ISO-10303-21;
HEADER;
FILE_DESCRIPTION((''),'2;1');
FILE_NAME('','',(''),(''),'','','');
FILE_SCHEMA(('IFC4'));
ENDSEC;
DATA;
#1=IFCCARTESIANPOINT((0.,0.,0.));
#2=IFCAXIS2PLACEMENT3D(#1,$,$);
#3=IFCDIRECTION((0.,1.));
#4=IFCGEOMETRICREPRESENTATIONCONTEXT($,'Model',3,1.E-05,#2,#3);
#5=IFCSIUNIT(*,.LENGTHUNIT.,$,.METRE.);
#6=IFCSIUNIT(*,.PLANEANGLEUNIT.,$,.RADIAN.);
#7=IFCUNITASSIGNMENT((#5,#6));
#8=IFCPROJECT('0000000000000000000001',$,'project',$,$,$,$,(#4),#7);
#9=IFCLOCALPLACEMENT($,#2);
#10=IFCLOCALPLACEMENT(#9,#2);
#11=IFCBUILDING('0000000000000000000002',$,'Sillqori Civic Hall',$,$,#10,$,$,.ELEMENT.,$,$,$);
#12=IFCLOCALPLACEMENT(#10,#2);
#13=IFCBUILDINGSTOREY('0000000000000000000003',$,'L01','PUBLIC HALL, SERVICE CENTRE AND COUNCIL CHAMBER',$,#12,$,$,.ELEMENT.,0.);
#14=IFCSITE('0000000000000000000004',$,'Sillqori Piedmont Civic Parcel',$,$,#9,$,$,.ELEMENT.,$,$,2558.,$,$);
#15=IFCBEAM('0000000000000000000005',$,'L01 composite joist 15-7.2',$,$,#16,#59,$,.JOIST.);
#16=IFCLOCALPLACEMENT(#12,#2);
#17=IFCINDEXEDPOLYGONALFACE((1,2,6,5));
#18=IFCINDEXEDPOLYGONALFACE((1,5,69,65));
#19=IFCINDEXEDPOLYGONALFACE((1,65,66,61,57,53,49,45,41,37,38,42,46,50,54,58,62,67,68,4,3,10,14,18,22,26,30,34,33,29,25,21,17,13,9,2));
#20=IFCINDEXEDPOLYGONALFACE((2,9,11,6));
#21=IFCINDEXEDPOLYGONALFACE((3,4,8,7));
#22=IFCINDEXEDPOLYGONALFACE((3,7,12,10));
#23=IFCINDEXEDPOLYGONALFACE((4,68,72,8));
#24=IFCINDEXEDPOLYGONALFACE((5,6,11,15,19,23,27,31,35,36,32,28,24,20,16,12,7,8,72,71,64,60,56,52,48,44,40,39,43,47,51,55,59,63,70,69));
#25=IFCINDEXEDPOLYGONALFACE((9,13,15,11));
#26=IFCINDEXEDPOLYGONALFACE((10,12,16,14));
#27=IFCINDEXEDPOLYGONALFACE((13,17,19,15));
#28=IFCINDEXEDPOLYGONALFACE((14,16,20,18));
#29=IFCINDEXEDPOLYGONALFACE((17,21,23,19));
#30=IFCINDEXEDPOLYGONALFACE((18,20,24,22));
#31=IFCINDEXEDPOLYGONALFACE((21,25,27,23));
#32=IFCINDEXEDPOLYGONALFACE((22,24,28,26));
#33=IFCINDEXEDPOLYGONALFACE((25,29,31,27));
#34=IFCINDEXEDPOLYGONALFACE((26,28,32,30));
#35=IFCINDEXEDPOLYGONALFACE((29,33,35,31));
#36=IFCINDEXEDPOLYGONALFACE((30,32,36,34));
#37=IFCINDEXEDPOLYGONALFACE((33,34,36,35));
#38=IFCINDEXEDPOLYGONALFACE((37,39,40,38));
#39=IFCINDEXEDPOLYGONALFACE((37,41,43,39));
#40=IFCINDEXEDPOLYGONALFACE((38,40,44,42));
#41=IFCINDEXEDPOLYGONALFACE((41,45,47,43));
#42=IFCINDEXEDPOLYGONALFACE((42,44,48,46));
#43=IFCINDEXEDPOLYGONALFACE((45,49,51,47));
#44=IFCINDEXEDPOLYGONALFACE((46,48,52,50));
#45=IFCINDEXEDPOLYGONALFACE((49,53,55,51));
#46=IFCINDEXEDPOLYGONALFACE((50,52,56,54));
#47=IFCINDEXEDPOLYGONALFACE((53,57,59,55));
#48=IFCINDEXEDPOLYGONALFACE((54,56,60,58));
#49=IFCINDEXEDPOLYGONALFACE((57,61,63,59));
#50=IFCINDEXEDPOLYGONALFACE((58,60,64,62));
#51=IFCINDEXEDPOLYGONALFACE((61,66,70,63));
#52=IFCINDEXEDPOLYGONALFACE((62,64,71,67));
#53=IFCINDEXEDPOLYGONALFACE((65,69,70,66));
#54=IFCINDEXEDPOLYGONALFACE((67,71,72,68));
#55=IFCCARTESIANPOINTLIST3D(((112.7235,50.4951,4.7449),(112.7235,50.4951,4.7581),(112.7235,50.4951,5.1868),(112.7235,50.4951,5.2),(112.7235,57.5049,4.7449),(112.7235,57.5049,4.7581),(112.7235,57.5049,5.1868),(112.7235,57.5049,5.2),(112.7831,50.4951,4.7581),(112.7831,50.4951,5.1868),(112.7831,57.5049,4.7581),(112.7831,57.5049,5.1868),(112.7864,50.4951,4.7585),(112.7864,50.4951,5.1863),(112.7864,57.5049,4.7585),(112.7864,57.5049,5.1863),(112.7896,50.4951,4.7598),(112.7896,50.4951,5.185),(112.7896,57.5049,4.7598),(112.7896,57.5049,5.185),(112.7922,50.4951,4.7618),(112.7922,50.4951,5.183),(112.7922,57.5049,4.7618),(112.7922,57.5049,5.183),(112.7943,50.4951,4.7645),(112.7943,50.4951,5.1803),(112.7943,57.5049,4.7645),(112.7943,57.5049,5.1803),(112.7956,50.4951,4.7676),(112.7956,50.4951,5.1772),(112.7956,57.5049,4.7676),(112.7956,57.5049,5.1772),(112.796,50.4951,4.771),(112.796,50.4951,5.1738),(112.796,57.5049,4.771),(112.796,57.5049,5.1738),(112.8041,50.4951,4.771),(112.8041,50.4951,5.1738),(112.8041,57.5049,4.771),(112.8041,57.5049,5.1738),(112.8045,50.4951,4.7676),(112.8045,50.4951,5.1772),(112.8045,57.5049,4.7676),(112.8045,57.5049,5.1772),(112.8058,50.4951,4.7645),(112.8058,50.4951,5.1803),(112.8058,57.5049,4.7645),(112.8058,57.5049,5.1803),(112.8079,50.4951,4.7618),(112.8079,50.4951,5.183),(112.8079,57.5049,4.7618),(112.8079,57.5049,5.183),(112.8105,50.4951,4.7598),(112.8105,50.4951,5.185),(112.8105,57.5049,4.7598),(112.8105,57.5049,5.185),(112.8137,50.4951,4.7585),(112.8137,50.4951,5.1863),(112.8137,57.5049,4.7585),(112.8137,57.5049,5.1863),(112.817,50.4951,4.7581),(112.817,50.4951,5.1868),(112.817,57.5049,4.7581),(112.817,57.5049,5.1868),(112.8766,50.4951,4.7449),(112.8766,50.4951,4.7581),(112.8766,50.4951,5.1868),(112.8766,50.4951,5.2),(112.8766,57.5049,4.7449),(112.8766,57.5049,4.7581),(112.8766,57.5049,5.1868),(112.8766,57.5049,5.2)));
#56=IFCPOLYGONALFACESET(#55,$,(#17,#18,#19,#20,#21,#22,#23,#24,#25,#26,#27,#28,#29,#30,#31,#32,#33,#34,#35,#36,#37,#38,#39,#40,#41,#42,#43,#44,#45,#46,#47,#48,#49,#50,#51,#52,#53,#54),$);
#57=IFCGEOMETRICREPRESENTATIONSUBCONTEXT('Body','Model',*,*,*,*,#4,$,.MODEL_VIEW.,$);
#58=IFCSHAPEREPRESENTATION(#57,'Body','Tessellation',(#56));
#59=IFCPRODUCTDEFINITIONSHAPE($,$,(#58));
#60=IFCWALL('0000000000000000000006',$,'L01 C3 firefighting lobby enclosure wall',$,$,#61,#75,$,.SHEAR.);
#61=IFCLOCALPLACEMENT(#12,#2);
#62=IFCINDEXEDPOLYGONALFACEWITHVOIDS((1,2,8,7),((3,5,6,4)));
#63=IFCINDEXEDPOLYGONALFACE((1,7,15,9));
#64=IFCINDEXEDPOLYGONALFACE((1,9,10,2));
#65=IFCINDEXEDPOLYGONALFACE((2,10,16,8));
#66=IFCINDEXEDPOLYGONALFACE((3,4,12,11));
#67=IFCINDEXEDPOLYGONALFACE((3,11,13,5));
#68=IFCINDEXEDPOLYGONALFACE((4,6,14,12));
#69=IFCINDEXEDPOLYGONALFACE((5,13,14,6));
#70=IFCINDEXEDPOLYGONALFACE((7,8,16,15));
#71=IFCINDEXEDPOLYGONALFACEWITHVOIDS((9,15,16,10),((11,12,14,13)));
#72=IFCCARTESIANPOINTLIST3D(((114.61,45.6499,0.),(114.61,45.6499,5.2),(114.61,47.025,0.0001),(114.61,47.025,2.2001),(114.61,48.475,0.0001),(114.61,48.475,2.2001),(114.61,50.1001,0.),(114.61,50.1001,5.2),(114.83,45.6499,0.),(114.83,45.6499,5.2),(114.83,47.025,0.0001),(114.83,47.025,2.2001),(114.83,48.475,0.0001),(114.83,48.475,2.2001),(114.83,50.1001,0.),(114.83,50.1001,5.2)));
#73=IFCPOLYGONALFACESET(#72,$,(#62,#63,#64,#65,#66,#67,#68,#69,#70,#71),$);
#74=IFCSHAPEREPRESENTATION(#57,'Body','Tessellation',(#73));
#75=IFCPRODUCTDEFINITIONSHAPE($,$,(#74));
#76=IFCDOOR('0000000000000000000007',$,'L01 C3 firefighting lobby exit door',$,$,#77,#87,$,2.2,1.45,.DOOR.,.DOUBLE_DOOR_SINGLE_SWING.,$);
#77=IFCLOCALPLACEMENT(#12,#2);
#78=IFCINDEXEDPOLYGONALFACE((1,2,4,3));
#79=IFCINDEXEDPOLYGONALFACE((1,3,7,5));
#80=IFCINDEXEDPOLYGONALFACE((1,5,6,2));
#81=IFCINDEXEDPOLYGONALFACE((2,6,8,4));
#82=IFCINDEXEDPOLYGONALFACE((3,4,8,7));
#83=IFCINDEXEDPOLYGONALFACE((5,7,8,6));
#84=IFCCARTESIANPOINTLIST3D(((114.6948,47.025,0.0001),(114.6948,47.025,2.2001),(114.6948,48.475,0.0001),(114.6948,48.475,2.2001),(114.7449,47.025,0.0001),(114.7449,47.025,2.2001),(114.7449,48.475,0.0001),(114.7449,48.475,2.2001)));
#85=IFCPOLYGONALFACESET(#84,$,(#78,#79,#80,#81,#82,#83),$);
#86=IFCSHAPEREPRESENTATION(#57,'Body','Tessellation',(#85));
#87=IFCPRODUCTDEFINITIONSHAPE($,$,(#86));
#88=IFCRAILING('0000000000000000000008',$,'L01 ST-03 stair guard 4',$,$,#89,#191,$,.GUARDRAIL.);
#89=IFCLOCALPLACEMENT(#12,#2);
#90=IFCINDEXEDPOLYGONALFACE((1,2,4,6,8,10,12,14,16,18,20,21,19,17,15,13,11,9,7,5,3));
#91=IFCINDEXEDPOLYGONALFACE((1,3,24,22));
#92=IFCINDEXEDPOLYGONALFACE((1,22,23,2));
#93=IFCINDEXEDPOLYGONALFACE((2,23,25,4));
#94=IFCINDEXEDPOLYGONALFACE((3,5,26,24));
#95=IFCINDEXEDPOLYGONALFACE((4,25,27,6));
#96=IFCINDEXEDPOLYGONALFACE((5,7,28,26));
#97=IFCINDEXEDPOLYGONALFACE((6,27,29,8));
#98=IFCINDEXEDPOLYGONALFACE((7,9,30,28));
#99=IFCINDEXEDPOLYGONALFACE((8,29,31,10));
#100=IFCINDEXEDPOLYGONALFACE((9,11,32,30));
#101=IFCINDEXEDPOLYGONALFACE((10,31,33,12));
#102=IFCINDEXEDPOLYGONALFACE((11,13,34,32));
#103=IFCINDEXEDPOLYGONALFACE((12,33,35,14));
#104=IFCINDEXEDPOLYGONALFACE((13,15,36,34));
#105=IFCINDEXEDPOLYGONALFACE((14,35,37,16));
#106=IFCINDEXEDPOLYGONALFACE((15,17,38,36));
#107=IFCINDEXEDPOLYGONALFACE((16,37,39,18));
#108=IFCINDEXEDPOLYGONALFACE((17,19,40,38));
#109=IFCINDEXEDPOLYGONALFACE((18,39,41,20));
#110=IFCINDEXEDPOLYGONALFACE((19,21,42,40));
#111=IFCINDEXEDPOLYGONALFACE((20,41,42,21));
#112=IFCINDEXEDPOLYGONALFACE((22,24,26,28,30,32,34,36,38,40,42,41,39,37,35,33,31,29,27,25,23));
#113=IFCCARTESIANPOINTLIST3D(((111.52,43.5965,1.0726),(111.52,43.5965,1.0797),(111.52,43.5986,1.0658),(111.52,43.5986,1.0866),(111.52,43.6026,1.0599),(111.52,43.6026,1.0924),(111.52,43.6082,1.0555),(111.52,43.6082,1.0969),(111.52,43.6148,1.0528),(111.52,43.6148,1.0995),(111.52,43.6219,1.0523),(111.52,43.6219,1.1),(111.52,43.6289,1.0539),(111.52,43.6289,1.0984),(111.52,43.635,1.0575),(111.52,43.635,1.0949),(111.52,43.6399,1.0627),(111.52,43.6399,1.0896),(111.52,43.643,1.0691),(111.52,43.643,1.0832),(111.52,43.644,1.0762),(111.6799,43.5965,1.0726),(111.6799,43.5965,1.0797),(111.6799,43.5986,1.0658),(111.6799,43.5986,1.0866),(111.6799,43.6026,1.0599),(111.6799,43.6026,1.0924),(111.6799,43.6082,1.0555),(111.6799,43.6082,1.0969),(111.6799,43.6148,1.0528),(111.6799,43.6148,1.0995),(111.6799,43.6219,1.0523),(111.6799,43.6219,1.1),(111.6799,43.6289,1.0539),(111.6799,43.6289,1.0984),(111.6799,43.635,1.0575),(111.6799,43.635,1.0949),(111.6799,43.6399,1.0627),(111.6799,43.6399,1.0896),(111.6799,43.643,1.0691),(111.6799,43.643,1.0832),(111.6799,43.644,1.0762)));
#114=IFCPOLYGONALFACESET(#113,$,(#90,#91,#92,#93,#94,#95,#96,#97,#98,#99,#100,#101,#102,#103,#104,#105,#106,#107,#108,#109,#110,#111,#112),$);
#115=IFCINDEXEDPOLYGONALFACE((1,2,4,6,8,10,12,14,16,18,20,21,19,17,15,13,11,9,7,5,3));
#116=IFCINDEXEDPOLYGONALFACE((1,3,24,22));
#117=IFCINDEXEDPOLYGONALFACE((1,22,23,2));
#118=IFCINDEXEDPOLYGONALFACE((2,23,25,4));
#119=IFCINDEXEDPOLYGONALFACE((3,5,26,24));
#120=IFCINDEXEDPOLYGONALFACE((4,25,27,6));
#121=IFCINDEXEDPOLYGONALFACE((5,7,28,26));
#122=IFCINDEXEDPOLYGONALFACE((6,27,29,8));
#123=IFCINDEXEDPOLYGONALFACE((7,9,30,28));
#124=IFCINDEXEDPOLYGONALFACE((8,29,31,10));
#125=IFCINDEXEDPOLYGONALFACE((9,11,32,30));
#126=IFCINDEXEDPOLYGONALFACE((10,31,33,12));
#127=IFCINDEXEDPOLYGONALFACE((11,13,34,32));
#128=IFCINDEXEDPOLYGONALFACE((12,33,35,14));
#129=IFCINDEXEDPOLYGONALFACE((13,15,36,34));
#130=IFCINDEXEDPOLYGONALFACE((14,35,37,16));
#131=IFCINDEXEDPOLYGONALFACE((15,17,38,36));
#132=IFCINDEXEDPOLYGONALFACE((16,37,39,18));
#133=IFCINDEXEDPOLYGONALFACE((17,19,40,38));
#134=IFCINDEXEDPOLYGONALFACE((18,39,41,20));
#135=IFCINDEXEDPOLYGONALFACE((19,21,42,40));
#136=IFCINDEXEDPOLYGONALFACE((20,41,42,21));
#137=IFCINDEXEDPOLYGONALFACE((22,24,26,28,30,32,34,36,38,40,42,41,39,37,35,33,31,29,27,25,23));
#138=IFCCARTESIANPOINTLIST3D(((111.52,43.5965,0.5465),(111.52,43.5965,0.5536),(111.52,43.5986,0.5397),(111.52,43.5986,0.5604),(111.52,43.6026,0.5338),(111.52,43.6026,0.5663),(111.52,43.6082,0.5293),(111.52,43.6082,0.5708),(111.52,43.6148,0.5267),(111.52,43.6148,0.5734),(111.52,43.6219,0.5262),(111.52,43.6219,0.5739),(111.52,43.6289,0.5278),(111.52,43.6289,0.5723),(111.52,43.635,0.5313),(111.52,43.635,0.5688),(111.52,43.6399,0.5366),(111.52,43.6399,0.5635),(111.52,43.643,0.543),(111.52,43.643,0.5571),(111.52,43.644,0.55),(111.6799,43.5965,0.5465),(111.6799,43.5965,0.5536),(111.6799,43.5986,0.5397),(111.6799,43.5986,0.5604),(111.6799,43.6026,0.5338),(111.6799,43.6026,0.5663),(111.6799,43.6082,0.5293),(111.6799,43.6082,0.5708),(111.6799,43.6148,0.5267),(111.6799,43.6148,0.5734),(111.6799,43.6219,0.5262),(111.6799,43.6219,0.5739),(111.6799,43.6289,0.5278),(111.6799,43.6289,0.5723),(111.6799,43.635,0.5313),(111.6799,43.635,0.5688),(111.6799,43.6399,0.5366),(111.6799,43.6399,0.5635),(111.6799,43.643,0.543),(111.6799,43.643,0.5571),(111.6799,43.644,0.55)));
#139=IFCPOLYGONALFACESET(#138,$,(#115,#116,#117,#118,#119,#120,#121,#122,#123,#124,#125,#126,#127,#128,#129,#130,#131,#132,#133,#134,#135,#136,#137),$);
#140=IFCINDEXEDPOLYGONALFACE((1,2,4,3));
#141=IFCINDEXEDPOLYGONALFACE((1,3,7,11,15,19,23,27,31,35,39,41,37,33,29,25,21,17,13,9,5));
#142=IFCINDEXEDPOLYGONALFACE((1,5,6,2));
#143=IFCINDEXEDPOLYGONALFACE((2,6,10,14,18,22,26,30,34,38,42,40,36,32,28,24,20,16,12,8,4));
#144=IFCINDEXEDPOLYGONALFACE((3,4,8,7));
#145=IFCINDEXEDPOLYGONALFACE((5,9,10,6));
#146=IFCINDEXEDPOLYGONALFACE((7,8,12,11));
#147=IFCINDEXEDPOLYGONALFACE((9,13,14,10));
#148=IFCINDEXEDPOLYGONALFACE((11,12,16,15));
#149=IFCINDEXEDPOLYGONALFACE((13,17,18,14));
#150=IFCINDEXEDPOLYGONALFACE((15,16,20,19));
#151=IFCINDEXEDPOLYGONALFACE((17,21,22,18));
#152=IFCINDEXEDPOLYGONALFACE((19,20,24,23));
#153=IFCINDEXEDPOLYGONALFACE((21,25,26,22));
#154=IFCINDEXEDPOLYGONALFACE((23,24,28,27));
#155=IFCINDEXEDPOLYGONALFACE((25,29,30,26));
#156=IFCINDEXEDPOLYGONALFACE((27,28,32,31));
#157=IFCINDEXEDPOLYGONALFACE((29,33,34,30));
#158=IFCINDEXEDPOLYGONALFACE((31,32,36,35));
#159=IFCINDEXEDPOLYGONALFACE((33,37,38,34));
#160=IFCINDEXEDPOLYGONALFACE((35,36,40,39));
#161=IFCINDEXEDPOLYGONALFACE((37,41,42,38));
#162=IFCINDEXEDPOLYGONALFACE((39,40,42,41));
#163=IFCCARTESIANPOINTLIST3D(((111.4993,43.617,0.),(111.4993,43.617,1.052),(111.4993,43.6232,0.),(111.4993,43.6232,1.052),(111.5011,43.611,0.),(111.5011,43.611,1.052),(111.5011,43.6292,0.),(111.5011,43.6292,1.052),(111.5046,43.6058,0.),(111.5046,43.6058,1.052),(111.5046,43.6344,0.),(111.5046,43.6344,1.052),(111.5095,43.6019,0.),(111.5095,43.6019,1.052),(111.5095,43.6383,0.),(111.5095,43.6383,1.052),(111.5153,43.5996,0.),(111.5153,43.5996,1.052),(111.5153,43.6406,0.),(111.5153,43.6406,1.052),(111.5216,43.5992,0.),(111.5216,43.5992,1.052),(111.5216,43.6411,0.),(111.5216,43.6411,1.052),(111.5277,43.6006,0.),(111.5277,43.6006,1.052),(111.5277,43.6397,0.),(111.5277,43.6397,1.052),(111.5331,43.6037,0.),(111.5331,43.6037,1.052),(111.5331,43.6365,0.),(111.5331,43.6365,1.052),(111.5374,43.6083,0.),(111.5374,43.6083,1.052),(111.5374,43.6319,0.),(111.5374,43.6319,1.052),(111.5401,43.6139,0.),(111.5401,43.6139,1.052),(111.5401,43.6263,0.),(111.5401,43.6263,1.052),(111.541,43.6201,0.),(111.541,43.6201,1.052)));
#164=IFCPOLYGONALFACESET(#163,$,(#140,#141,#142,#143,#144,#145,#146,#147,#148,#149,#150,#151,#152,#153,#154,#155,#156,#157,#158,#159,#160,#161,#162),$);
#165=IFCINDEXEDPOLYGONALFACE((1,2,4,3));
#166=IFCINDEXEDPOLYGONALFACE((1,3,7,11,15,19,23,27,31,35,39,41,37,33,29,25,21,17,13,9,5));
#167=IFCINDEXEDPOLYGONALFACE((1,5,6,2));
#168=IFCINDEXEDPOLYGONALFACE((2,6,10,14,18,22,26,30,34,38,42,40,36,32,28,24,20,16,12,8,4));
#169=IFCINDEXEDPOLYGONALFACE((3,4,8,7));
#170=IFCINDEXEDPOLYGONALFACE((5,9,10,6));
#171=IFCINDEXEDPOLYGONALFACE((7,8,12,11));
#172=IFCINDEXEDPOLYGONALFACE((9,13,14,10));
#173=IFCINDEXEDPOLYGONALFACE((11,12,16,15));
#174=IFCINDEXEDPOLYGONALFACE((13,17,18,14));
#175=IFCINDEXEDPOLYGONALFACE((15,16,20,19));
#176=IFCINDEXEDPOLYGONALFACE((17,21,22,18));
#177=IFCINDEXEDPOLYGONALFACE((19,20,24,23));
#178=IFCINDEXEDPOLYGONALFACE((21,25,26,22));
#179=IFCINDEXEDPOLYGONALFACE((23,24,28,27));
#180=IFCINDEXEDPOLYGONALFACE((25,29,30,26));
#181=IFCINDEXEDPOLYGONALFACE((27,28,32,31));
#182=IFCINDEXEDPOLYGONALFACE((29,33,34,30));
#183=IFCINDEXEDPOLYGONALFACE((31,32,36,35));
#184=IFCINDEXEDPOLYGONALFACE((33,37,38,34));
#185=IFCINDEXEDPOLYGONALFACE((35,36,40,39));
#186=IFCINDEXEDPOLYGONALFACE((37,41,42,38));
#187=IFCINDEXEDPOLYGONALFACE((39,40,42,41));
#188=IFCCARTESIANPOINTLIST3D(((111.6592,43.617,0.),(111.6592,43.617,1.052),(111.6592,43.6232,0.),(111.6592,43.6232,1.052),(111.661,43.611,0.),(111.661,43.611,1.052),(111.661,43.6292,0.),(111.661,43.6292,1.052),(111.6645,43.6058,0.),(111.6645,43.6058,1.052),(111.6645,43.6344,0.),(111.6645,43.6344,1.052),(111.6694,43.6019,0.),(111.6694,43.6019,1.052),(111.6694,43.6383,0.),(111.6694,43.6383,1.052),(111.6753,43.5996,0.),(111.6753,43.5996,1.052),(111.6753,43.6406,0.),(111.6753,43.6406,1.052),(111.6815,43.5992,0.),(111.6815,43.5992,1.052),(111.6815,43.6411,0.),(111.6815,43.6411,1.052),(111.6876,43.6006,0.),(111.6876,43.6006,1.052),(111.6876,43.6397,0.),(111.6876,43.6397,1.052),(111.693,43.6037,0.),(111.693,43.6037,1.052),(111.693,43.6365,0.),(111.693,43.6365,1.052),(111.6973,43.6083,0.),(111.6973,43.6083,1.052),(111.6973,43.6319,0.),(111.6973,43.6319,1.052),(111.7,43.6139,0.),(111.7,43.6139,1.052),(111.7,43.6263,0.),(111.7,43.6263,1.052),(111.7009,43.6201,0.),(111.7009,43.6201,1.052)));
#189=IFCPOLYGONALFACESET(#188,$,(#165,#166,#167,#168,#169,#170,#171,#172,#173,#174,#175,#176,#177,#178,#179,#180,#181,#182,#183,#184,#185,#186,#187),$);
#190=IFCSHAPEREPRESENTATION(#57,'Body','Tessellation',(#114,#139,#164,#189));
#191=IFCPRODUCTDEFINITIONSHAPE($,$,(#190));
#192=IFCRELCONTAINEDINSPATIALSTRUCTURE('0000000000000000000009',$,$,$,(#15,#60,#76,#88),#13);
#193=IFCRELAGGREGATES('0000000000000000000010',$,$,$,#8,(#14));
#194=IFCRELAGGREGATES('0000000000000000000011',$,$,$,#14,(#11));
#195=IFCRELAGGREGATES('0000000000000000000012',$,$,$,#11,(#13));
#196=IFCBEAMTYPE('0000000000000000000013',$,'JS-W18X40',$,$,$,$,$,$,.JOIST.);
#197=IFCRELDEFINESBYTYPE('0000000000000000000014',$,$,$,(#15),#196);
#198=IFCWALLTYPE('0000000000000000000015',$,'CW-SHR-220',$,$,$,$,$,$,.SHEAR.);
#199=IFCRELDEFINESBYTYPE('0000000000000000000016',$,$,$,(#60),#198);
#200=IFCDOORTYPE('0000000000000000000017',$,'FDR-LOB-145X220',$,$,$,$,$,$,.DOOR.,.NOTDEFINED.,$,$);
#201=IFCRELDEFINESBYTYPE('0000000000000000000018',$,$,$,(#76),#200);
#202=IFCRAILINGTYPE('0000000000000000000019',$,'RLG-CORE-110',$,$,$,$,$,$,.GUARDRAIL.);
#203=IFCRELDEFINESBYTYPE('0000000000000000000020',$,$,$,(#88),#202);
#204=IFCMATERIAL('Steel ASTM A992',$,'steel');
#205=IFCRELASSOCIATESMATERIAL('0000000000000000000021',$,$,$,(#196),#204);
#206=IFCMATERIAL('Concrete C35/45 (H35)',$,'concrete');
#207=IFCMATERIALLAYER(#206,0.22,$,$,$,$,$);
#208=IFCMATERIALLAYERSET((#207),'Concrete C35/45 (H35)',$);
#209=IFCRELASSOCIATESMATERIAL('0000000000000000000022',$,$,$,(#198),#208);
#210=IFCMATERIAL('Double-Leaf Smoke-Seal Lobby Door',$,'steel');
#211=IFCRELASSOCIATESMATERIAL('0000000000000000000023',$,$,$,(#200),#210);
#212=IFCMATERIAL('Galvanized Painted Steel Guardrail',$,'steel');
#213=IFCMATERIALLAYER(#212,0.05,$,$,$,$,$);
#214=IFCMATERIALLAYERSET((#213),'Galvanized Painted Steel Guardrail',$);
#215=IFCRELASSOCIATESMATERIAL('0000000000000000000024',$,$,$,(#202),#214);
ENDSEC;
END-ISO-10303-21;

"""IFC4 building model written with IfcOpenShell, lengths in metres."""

from ifc_helpers import new_model, si_unit, direction, frame, frame_2d, origin, origin_2d, place, context, subcontext, project, spatial, rectangle, circle, i_section, extrude, material, layer, layer_set, material_profile, profile_set, type_object, element, fill, save


model = new_model("IFC4")

# Units and contexts
model_context = context("Model", 3, precision=1e-05, world=origin(), true_north=direction((0.0, 1.0)))
body_context = subcontext(model_context, "Body", "Model", "MODEL_VIEW")
ifc_project = project(units=[si_unit("LENGTHUNIT", "METRE"), si_unit("PLANEANGLEUNIT", "RADIAN")], contexts=[model_context])

# Site, building, storey
site_placement = place(None, origin())
site = spatial("IfcSite", under=ifc_project, at=site_placement, Name="Sillqori Piedmont Civic Parcel", CompositionType="ELEMENT", RefElevation=2558.0)
building_placement = place(site_placement, origin())
building = spatial("IfcBuilding", under=site, at=building_placement, Name="Sillqori Civic Hall", CompositionType="ELEMENT")
storey_placement = place(building_placement, origin())
storey = spatial("IfcBuildingStorey", under=building, at=storey_placement, Name="L01", Description="PUBLIC HALL, SERVICE CENTRE AND COUNCIL CHAMBER", CompositionType="ELEMENT", Elevation=0.0)

# Shared definitions
ifc_material_1 = material(Name="Concrete C35/45 (H35)", Category="concrete")

# Beam
ifc_material_2 = material(Name="Steel ASTM A992", Category="steel")
ifc_material_profile_1 = material_profile(ifc_material_2, i_section(OverallWidth=0.1531, OverallDepth=0.4551, WebThickness=0.0081, FlangeThickness=0.0132, FilletRadius=0.0129, at=origin_2d()), Name="W18X40")
ifc_profile_set_1 = profile_set([ifc_material_profile_1], Name="Steel ASTM A992")
beam_type_1 = type_object("IfcBeamType", Name="JS-W18X40", PredefinedType="JOIST", material=ifc_profile_set_1)
beam_1_placement = place(storey_placement, frame((112.8, 50.4951, 4.9724), z_axis=(0.0, 1.0, 0.0), x_axis=(-1.0, 0.0, 0.0)))
element("IfcBeam", 1, at=beam_1_placement, inside=storey, type_object=beam_type_1, Name="L01 composite joist 15-7.2", PredefinedType="JOIST", context=body_context, shape_type="SweptSolid", body=[
    extrude(i_section(OverallWidth=0.1531, OverallDepth=0.4551, WebThickness=0.0081, FlangeThickness=0.0132, FilletRadius=0.0129, at=origin_2d()), origin(), (0.0, 0.0, 1.0), 7.0098),
])

# Wall, opening, door
ifc_layer_1 = layer(ifc_material_1, 0.22)
ifc_layer_set_1 = layer_set([ifc_layer_1], Name="Concrete C35/45 (H35)")
wall_type = type_object("IfcWallType", Name="CW-SHR-220", PredefinedType="SHEAR", material=ifc_layer_set_1)
wall_placement = place(storey_placement, frame((114.72, 50.1001, 0.0), z_axis=(0.0, 0.0, 1.0), x_axis=(0.0, -1.0, 0.0)))
wall = element("IfcWall", 2, at=wall_placement, inside=storey, type_object=wall_type, Name="L01 C3 firefighting lobby enclosure wall", PredefinedType="SHEAR", context=body_context, shape_type="SweptSolid", body=[
    extrude(rectangle(XDim=4.4502, YDim=0.22, at=frame_2d((2.2251, 0.0))), origin(), (0.0, 0.0, 1.0), 5.2),
])
opening_placement = place(wall_placement, frame((1.625, 0.0, 0.0)))
opening = element("IfcOpeningElement", 3, at=opening_placement, cuts=wall, PredefinedType="OPENING", context=body_context, shape_type="SweptSolid", body=[
    extrude(rectangle(XDim=1.45, YDim=2.2, at=frame_2d((0.7251, 1.1001))), frame((0.0, 0.1199, 0.0), z_axis=(0.0, -1.0, 0.0), x_axis=(1.0, 0.0, 0.0)), (0.0, 0.0, 1.0), 0.24),
])
ifc_material_3 = material(Name="Double-Leaf Smoke-Seal Lobby Door", Category="steel")
door_type = type_object("IfcDoorType", Name="FDR-LOB-145X220", OperationType="NOTDEFINED", PredefinedType="DOOR", material=ifc_material_3)
door_placement = place(opening_placement, origin())
door = element("IfcDoor", 4, at=door_placement, inside=storey, type_object=door_type, Name="L01 C3 firefighting lobby exit door", OperationType="DOUBLE_DOOR_SINGLE_SWING", OverallHeight=2.2, OverallWidth=1.45, PredefinedType="DOOR", context=body_context, shape_type="SweptSolid", body=[
    extrude(rectangle(XDim=1.45, YDim=2.2, at=frame_2d((0.7251, 1.1001))), frame((0.0, 0.0249, 0.0), z_axis=(0.0, -1.0, 0.0), x_axis=(1.0, 0.0, 0.0)), (0.0, 0.0, 1.0), 0.05),
])
fill(opening, door)

# Railing
ifc_material_4 = material(Name="Galvanized Painted Steel Guardrail", Category="steel")
ifc_layer_2 = layer(ifc_material_4, 0.05)
ifc_layer_set_2 = layer_set([ifc_layer_2], Name="Galvanized Painted Steel Guardrail")
railing_type = type_object("IfcRailingType", Name="RLG-CORE-110", PredefinedType="GUARDRAIL", material=ifc_layer_set_2)
railing_placement = place(storey_placement, frame((111.52, 43.6201, 0.0)))
element("IfcRailing", 5, at=railing_placement, inside=storey, type_object=railing_type, Name="L01 ST-03 stair guard 4", PredefinedType="GUARDRAIL", context=body_context, shape_type="SweptSolid", body=[
    extrude(circle(Radius=0.0239, at=origin_2d()), frame((0.0, 0.0, 1.0762), z_axis=(1.0, 0.0, 0.0), x_axis=(0.0, 1.0, 0.0)), (0.0, 0.0, 1.0), 0.1599),
    extrude(circle(Radius=0.0239, at=origin_2d()), frame((0.0, 0.0, 0.55), z_axis=(1.0, 0.0, 0.0), x_axis=(0.0, 1.0, 0.0)), (0.0, 0.0, 1.0), 0.1599),
    extrude(circle(Radius=0.021, at=origin_2d()), origin(), (0.0, 0.0, 1.0), 1.052),
    extrude(circle(Radius=0.021, at=origin_2d()), frame((0.1599, 0.0, 0.0)), (0.0, 0.0, 1.0), 1.052),
])

save(model, "model.ifc")
